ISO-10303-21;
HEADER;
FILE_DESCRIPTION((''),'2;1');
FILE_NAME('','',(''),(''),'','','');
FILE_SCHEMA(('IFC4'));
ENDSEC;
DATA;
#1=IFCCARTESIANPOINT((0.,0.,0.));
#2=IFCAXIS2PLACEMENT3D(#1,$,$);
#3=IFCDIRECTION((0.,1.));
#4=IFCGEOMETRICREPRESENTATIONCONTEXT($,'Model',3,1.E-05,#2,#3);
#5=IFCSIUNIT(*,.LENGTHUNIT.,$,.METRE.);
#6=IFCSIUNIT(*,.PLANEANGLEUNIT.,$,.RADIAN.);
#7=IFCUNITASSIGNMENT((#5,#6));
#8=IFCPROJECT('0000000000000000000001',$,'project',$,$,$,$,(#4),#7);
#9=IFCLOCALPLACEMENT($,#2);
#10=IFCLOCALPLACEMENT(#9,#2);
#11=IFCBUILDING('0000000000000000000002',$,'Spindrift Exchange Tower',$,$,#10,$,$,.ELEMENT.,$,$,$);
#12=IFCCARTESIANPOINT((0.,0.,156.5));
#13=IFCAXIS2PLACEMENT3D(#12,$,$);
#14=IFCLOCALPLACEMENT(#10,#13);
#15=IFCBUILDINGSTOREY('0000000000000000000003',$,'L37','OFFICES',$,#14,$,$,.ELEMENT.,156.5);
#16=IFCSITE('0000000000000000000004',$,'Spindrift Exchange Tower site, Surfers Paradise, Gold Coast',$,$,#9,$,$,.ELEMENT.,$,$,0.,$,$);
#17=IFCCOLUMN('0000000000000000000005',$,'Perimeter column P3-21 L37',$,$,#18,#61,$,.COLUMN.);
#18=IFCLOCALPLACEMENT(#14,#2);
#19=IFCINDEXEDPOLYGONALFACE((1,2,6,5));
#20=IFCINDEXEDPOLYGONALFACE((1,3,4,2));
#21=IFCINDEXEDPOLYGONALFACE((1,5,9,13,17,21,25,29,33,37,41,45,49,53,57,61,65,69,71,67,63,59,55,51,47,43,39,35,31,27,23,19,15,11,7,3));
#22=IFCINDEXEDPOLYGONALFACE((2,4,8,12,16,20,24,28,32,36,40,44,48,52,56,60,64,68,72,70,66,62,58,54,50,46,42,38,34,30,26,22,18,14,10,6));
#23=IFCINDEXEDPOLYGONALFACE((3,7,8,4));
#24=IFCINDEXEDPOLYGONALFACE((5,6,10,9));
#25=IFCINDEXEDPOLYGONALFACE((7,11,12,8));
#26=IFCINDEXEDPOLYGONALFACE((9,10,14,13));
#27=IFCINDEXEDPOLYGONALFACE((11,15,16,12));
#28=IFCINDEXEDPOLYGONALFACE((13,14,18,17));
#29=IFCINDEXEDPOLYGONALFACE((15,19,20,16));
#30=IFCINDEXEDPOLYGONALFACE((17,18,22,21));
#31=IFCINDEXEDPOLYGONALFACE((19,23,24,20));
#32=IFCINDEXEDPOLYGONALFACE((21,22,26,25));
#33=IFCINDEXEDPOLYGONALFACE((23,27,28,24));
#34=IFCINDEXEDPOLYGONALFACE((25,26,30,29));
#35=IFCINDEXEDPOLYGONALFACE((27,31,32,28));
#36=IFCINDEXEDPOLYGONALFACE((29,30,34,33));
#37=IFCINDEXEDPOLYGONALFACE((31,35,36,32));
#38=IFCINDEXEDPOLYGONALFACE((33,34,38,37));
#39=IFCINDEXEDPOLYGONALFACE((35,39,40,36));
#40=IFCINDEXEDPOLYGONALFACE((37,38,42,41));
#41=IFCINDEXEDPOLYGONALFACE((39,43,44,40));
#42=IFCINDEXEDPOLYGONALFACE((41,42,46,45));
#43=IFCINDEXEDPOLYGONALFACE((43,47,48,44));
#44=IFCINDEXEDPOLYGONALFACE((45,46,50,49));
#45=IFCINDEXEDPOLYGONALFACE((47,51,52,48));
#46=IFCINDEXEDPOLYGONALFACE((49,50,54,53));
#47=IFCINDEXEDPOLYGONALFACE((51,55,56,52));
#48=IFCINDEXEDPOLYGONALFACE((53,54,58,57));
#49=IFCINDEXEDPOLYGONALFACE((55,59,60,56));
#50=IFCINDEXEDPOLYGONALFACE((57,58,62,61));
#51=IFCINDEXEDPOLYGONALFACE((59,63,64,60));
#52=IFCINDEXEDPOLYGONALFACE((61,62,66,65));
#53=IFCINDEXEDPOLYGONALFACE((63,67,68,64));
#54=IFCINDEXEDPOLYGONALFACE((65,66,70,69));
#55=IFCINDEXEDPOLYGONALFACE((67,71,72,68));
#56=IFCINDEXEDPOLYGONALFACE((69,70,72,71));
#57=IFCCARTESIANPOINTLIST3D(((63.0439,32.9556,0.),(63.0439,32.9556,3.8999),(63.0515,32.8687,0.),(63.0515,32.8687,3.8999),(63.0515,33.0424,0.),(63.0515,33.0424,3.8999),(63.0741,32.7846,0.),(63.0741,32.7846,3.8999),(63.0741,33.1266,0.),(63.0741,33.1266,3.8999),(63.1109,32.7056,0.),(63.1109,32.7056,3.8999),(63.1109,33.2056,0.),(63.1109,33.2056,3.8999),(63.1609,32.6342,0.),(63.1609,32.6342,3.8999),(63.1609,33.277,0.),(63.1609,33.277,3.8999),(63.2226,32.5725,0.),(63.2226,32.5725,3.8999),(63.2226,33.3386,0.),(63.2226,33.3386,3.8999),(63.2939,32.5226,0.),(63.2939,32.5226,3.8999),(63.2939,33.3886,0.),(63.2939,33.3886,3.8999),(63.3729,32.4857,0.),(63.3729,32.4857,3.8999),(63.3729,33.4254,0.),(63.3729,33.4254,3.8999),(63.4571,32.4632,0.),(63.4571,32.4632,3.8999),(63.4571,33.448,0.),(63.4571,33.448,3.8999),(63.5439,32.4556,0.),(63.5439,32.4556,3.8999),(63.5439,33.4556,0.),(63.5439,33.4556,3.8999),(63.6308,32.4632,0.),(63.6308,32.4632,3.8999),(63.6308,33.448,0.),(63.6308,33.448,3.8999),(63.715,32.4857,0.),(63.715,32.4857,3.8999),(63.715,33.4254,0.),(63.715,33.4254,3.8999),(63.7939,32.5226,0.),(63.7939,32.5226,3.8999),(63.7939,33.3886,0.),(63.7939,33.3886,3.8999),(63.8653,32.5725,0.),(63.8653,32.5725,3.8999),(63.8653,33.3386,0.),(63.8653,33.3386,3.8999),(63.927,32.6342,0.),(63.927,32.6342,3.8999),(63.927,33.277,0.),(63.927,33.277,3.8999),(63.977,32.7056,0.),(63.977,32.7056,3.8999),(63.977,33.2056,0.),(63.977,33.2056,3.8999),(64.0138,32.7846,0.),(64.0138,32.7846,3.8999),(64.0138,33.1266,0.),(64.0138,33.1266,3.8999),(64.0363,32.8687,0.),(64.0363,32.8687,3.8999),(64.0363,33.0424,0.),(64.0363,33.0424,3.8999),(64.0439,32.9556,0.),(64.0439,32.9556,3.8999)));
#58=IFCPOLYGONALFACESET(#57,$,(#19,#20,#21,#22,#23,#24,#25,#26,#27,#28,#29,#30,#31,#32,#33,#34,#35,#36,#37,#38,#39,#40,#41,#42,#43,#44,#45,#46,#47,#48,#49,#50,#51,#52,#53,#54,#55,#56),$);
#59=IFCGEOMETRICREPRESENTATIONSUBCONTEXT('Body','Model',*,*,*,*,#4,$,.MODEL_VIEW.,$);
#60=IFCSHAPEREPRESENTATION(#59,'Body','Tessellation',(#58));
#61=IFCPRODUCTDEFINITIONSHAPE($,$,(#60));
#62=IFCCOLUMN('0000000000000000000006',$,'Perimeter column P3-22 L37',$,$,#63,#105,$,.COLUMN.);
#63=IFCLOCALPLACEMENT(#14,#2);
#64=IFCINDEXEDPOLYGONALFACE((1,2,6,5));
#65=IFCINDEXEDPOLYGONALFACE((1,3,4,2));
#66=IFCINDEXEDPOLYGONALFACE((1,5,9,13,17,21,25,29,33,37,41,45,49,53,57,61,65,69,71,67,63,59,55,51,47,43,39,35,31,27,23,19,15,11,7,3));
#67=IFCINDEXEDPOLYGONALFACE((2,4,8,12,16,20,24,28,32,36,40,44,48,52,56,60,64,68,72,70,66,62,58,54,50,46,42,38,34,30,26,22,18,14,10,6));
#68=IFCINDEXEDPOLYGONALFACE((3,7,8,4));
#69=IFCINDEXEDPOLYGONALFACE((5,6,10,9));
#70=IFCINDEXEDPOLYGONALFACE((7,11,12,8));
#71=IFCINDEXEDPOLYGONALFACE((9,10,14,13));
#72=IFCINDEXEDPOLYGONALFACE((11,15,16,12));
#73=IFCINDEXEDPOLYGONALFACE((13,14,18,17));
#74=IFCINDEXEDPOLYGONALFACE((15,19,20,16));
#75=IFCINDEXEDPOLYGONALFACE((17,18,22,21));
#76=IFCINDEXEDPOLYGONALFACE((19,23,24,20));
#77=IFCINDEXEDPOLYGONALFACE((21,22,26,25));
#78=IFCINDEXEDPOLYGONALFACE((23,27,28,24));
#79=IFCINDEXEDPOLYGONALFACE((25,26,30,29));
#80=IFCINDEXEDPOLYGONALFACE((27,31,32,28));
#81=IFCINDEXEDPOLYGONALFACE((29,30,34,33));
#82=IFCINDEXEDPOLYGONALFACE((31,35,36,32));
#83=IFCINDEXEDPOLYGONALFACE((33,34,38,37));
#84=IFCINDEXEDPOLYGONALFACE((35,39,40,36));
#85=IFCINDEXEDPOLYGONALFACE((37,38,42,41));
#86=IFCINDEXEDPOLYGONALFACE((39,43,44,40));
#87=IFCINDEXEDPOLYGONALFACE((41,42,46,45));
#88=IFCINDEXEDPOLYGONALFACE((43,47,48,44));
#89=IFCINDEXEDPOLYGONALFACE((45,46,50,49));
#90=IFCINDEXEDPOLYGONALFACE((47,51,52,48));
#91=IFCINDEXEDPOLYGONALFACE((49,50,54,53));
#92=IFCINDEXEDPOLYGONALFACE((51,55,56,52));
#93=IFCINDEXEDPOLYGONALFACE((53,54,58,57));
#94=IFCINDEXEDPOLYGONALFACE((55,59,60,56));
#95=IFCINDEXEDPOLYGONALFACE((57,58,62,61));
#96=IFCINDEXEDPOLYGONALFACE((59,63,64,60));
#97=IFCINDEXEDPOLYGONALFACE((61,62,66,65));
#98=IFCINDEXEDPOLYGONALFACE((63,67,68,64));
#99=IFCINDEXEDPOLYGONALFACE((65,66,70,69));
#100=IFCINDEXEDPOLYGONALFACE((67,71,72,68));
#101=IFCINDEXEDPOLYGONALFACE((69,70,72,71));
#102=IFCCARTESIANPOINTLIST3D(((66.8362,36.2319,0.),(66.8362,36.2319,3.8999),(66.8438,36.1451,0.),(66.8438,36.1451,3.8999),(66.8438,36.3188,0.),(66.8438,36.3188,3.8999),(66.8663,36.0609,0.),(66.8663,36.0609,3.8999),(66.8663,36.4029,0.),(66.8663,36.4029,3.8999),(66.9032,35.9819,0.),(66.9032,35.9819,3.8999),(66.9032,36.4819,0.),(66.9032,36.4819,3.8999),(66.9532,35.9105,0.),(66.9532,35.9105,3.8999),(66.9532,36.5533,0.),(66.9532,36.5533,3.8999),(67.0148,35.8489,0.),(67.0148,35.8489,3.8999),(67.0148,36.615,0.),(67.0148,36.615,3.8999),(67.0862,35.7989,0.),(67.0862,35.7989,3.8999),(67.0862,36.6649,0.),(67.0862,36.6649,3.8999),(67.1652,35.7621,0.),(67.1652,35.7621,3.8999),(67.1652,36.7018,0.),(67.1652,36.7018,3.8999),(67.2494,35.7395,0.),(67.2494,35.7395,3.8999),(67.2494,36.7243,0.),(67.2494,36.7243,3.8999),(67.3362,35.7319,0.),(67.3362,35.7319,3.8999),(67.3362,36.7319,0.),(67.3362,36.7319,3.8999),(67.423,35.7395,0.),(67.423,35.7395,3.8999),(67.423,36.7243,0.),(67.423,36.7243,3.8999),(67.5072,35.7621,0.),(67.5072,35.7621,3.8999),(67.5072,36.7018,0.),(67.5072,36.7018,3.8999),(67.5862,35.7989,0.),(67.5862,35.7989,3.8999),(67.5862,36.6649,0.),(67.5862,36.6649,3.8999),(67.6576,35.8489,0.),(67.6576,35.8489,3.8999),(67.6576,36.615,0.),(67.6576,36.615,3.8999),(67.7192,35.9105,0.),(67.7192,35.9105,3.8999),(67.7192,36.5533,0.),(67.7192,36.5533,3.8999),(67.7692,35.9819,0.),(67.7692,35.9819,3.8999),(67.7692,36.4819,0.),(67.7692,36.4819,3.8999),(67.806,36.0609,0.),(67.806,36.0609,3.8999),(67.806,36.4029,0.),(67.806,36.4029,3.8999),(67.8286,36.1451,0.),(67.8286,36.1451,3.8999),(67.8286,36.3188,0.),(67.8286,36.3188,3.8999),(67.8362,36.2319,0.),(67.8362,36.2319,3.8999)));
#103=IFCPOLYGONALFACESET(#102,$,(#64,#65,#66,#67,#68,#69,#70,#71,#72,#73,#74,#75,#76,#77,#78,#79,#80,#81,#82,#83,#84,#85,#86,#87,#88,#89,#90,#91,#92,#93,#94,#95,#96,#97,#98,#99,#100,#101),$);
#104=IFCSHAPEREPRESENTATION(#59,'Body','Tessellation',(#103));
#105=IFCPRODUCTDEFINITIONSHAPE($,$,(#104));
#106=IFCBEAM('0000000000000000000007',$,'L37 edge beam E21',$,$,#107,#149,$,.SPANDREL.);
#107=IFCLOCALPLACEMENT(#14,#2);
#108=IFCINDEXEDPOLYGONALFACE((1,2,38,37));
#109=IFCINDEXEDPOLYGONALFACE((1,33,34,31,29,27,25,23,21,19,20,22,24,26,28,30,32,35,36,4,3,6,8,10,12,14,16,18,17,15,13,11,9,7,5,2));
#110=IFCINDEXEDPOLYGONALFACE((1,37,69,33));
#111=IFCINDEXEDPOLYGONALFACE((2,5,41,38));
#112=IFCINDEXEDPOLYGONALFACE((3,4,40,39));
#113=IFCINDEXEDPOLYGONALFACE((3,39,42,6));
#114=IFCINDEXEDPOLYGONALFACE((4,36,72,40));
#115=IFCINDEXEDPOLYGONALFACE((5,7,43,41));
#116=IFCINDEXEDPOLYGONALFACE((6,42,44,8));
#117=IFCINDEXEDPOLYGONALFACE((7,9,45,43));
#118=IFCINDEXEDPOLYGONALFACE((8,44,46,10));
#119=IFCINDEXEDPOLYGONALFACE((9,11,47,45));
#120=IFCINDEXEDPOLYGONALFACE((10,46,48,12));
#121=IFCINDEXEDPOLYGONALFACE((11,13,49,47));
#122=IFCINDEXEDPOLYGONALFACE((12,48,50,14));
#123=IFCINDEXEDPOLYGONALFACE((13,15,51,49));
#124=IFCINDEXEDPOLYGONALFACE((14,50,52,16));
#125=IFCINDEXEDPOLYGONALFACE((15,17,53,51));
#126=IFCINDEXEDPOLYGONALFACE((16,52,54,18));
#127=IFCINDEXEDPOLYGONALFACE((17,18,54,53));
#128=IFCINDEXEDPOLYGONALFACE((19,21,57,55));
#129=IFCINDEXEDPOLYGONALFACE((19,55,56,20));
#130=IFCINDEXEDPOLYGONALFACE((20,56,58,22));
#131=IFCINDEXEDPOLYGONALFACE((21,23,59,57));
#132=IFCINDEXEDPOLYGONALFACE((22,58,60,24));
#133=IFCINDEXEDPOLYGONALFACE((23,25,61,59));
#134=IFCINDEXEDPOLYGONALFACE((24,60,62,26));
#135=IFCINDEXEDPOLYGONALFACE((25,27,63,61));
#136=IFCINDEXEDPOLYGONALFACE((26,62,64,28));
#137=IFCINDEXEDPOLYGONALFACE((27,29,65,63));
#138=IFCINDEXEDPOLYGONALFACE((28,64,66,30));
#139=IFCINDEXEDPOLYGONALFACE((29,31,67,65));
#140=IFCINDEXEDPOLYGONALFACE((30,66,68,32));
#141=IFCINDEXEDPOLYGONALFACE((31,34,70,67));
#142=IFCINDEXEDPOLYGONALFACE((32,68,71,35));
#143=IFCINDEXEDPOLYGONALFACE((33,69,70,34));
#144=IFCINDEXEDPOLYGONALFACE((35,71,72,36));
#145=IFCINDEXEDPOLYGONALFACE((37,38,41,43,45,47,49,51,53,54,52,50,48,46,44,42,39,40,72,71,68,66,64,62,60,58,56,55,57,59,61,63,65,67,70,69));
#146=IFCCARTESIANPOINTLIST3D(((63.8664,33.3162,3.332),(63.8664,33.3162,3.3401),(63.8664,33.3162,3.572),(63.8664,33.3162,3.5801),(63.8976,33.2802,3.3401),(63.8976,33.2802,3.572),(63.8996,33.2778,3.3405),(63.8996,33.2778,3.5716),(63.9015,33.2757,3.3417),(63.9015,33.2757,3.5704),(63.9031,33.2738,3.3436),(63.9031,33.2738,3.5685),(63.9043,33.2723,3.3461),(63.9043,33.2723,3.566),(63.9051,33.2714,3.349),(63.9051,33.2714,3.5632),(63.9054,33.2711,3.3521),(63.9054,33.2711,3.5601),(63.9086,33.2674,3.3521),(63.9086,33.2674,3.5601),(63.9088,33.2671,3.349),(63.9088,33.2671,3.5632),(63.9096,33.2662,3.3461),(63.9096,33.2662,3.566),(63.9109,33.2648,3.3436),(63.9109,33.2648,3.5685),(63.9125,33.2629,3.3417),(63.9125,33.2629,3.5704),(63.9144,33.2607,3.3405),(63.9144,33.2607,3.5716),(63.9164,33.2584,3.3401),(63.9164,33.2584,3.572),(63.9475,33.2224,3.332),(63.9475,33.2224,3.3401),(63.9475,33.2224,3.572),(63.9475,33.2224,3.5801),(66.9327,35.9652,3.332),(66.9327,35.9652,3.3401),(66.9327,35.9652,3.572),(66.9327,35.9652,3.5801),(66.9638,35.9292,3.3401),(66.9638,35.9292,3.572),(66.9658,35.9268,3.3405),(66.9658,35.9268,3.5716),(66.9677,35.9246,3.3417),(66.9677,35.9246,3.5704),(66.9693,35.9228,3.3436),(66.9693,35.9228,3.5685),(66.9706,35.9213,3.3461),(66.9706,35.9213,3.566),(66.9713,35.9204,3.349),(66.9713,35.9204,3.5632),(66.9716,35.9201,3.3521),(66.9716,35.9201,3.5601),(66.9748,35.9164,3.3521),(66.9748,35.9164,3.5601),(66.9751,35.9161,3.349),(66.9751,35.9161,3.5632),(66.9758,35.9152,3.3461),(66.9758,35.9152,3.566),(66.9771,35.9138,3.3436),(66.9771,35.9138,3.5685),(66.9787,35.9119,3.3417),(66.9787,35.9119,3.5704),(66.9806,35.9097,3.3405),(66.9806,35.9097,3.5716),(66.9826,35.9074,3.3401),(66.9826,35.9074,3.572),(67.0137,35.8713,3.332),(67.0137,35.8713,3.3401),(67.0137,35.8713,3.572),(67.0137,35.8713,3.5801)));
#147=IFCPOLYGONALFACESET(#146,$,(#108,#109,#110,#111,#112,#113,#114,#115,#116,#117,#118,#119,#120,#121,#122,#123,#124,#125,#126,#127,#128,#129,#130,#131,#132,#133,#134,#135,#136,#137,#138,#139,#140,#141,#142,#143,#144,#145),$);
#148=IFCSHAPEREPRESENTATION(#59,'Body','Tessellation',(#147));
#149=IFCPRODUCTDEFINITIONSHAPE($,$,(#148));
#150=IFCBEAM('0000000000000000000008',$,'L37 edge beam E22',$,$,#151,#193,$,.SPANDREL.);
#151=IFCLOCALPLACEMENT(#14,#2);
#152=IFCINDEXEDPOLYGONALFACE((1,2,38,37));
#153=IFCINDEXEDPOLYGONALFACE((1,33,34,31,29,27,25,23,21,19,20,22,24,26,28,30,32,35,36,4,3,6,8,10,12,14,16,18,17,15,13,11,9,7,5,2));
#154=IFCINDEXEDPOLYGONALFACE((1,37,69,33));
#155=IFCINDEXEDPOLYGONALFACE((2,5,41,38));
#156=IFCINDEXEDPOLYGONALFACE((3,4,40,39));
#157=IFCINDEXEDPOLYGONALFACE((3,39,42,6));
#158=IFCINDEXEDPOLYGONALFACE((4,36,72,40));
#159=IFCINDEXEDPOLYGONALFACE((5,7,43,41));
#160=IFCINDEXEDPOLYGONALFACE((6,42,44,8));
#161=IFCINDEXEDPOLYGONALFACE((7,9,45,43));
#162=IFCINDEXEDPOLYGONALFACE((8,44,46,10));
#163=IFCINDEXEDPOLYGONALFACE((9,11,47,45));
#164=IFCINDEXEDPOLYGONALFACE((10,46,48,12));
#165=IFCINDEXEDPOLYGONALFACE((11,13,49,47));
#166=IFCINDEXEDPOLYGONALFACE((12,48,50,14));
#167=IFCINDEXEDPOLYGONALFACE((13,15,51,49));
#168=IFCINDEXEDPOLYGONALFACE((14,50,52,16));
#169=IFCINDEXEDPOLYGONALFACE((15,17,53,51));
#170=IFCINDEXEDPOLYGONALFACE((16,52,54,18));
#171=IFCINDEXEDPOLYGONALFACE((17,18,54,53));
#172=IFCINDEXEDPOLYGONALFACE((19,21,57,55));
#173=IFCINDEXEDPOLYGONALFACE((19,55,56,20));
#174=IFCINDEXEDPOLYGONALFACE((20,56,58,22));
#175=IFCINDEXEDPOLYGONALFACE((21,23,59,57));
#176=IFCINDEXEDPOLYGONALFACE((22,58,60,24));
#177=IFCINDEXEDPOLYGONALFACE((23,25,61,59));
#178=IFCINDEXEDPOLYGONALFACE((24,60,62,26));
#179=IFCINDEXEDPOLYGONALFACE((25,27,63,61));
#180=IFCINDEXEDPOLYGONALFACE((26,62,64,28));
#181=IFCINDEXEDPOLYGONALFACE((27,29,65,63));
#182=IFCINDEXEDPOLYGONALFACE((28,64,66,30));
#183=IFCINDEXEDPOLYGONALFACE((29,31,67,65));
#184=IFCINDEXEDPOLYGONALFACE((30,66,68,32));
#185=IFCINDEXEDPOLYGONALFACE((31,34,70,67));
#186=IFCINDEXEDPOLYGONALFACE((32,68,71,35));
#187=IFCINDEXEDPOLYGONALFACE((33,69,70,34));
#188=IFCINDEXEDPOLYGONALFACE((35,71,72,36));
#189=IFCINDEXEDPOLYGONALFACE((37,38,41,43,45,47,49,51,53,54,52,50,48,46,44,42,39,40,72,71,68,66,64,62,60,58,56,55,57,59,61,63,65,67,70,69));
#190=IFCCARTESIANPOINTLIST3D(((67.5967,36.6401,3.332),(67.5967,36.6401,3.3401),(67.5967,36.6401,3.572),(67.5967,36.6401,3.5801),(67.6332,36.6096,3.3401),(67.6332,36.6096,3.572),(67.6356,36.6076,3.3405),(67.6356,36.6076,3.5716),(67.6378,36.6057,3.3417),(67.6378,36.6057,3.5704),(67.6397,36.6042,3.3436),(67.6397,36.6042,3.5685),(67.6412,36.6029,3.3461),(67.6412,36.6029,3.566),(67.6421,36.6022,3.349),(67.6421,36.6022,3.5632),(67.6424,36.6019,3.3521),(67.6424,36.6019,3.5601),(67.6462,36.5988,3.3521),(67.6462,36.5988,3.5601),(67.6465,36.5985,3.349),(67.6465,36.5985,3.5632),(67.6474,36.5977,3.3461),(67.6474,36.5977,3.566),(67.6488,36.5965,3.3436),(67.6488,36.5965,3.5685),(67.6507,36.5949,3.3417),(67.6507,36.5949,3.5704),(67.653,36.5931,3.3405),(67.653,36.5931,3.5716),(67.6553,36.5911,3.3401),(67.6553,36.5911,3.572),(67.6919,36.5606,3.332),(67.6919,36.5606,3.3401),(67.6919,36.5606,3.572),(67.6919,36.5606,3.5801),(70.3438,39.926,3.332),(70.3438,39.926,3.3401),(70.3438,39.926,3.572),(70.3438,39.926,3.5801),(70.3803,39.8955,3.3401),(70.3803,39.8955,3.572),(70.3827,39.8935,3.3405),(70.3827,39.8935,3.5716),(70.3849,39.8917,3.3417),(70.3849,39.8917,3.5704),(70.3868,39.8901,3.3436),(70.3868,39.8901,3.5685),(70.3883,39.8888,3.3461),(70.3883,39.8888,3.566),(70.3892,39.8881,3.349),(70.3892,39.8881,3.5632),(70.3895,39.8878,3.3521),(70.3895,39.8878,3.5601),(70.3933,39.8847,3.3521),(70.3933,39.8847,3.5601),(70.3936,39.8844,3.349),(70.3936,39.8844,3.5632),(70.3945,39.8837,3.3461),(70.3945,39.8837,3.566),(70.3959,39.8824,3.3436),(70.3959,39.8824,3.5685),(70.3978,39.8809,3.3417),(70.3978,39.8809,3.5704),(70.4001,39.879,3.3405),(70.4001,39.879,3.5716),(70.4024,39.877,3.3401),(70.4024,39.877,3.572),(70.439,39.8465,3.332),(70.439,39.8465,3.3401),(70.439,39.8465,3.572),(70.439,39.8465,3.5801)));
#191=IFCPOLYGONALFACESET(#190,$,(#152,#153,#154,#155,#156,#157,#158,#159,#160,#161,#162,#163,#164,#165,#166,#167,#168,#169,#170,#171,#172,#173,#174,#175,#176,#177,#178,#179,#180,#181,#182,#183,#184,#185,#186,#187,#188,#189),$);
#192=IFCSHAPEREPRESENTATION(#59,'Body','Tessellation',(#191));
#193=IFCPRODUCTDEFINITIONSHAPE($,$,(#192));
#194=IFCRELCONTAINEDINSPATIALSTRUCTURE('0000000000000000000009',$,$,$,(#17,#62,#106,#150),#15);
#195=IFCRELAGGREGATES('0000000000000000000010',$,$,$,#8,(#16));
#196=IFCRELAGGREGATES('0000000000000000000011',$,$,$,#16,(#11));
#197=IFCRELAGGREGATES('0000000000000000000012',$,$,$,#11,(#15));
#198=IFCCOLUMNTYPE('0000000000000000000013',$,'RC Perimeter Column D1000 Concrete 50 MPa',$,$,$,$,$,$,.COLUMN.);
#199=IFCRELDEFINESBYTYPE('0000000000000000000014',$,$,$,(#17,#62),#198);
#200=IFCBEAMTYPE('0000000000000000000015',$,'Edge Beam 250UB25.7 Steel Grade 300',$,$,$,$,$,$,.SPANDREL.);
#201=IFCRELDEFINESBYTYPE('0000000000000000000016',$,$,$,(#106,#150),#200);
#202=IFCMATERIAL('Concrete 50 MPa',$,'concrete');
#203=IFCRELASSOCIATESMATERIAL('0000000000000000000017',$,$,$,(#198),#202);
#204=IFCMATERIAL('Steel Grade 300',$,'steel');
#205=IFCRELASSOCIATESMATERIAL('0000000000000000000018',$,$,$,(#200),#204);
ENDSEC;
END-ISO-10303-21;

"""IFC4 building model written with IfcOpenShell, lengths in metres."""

from ifc_helpers import new_model, si_unit, direction, frame, origin, origin_2d, place, context, subcontext, project, spatial, circle, i_section, extrude, source, transform, mapped, material, material_profile, profile_set, type_object, element, save


model = new_model("IFC4")

# Units and contexts
model_context = context("Model", 3, precision=1e-05, world=origin(), true_north=direction((0.0, 1.0)))
body_context = subcontext(model_context, "Body", "Model", "MODEL_VIEW")
ifc_project = project(units=[si_unit("LENGTHUNIT", "METRE"), si_unit("PLANEANGLEUNIT", "RADIAN")], contexts=[model_context])

# Site, building, storey
site_placement = place(None, origin())
site = spatial("IfcSite", under=ifc_project, at=site_placement, Name="Spindrift Exchange Tower site, Surfers Paradise, Gold Coast", CompositionType="ELEMENT", RefElevation=0.0)
building_placement = place(site_placement, origin())
building = spatial("IfcBuilding", under=site, at=building_placement, Name="Spindrift Exchange Tower", CompositionType="ELEMENT")
storey_placement = place(building_placement, frame((0.0, 0.0, 156.5)))
storey = spatial("IfcBuildingStorey", under=building, at=storey_placement, Name="L37", Description="OFFICES", CompositionType="ELEMENT", Elevation=156.5)

# Columns
ifc_material_1 = material(Name="Concrete 50 MPa", Category="concrete")
ifc_material_profile_1 = material_profile(ifc_material_1, circle(Radius=0.5, at=origin_2d()), Name="RC D1000")
ifc_profile_set_1 = profile_set([ifc_material_profile_1], Name="Concrete 50 MPa")
column_type = type_object("IfcColumnType", Name="RC Perimeter Column D1000 Concrete 50 MPa", PredefinedType="COLUMN", material=ifc_profile_set_1)
shared_shape_1 = source(origin(), body_context, "Body", "SweptSolid", [
    extrude(circle(Radius=0.5, at=origin_2d()), origin(), (0.0, 0.0, 1.0), 3.8999),
])
for number, where, z_axis, x_axis, name in (
    (1, (63.5439, 32.9556, 0.0), (0.0, 0.0, 1.0), (1.0, 0.0, 0.0), "Perimeter column P3-21 L37"),
    (2, (67.3362, 36.2319, 0.0), (0.0, 0.0, 1.0), (1.0, 0.0, 0.0), "Perimeter column P3-22 L37"),
):
    element("IfcColumn", number, at=place(storey_placement, frame(where, z_axis=z_axis, x_axis=x_axis)), inside=storey, type_object=column_type, Name=name, PredefinedType="COLUMN", context=body_context, shape_type="MappedRepresentation", body=[
        mapped(shared_shape_1, transform((0.0, 0.0, 0.0), scale=1.0)),
    ])

# Beams
ifc_material_2 = material(Name="Steel Grade 300", Category="steel")
ifc_material_profile_2 = material_profile(ifc_material_2, i_section(OverallWidth=0.124, OverallDepth=0.248, WebThickness=0.0049, FlangeThickness=0.0081, FilletRadius=0.012, at=origin_2d()), Name="250UB25.7")
ifc_profile_set_2 = profile_set([ifc_material_profile_2], Name="Steel Grade 300")
beam_type = type_object("IfcBeamType", Name="Edge Beam 250UB25.7 Steel Grade 300", PredefinedType="SPANDREL", material=ifc_profile_set_2)
shared_shape_2 = source(origin(), body_context, "Body", "SweptSolid", [
    extrude(i_section(OverallWidth=0.124, OverallDepth=0.248, WebThickness=0.0049, FlangeThickness=0.0081, FilletRadius=0.012, at=origin_2d()), origin(), (0.0, 0.0, 1.0), 4.052),
])
beam_1_placement = place(storey_placement, frame((63.907, 33.2693, 3.4561), z_axis=(0.756716, 0.653744, 0.0), x_axis=(-0.653744, 0.756716, 0.0)))
element("IfcBeam", 3, at=beam_1_placement, inside=storey, type_object=beam_type, Name="L37 edge beam E21", PredefinedType="SPANDREL", context=body_context, shape_type="MappedRepresentation", body=[
    mapped(shared_shape_2, transform((0.0, 0.0, 0.0), scale=1.0)),
])
shared_shape_3 = source(origin(), body_context, "Body", "SweptSolid", [
    extrude(i_section(OverallWidth=0.124, OverallDepth=0.248, WebThickness=0.0049, FlangeThickness=0.0081, FilletRadius=0.012, at=origin_2d()), origin(), (0.0, 0.0, 1.0), 4.283),
])
beam_2_placement = place(storey_placement, frame((67.6443, 36.6003, 3.4561), z_axis=(0.6414, 0.767206, 0.0), x_axis=(-0.767206, 0.6414, 0.0)))
element("IfcBeam", 4, at=beam_2_placement, inside=storey, type_object=beam_type, Name="L37 edge beam E22", PredefinedType="SPANDREL", context=body_context, shape_type="MappedRepresentation", body=[
    mapped(shared_shape_3, transform((0.0, 0.0, 0.0), scale=1.0)),
])

save(model, "model.ifc")
